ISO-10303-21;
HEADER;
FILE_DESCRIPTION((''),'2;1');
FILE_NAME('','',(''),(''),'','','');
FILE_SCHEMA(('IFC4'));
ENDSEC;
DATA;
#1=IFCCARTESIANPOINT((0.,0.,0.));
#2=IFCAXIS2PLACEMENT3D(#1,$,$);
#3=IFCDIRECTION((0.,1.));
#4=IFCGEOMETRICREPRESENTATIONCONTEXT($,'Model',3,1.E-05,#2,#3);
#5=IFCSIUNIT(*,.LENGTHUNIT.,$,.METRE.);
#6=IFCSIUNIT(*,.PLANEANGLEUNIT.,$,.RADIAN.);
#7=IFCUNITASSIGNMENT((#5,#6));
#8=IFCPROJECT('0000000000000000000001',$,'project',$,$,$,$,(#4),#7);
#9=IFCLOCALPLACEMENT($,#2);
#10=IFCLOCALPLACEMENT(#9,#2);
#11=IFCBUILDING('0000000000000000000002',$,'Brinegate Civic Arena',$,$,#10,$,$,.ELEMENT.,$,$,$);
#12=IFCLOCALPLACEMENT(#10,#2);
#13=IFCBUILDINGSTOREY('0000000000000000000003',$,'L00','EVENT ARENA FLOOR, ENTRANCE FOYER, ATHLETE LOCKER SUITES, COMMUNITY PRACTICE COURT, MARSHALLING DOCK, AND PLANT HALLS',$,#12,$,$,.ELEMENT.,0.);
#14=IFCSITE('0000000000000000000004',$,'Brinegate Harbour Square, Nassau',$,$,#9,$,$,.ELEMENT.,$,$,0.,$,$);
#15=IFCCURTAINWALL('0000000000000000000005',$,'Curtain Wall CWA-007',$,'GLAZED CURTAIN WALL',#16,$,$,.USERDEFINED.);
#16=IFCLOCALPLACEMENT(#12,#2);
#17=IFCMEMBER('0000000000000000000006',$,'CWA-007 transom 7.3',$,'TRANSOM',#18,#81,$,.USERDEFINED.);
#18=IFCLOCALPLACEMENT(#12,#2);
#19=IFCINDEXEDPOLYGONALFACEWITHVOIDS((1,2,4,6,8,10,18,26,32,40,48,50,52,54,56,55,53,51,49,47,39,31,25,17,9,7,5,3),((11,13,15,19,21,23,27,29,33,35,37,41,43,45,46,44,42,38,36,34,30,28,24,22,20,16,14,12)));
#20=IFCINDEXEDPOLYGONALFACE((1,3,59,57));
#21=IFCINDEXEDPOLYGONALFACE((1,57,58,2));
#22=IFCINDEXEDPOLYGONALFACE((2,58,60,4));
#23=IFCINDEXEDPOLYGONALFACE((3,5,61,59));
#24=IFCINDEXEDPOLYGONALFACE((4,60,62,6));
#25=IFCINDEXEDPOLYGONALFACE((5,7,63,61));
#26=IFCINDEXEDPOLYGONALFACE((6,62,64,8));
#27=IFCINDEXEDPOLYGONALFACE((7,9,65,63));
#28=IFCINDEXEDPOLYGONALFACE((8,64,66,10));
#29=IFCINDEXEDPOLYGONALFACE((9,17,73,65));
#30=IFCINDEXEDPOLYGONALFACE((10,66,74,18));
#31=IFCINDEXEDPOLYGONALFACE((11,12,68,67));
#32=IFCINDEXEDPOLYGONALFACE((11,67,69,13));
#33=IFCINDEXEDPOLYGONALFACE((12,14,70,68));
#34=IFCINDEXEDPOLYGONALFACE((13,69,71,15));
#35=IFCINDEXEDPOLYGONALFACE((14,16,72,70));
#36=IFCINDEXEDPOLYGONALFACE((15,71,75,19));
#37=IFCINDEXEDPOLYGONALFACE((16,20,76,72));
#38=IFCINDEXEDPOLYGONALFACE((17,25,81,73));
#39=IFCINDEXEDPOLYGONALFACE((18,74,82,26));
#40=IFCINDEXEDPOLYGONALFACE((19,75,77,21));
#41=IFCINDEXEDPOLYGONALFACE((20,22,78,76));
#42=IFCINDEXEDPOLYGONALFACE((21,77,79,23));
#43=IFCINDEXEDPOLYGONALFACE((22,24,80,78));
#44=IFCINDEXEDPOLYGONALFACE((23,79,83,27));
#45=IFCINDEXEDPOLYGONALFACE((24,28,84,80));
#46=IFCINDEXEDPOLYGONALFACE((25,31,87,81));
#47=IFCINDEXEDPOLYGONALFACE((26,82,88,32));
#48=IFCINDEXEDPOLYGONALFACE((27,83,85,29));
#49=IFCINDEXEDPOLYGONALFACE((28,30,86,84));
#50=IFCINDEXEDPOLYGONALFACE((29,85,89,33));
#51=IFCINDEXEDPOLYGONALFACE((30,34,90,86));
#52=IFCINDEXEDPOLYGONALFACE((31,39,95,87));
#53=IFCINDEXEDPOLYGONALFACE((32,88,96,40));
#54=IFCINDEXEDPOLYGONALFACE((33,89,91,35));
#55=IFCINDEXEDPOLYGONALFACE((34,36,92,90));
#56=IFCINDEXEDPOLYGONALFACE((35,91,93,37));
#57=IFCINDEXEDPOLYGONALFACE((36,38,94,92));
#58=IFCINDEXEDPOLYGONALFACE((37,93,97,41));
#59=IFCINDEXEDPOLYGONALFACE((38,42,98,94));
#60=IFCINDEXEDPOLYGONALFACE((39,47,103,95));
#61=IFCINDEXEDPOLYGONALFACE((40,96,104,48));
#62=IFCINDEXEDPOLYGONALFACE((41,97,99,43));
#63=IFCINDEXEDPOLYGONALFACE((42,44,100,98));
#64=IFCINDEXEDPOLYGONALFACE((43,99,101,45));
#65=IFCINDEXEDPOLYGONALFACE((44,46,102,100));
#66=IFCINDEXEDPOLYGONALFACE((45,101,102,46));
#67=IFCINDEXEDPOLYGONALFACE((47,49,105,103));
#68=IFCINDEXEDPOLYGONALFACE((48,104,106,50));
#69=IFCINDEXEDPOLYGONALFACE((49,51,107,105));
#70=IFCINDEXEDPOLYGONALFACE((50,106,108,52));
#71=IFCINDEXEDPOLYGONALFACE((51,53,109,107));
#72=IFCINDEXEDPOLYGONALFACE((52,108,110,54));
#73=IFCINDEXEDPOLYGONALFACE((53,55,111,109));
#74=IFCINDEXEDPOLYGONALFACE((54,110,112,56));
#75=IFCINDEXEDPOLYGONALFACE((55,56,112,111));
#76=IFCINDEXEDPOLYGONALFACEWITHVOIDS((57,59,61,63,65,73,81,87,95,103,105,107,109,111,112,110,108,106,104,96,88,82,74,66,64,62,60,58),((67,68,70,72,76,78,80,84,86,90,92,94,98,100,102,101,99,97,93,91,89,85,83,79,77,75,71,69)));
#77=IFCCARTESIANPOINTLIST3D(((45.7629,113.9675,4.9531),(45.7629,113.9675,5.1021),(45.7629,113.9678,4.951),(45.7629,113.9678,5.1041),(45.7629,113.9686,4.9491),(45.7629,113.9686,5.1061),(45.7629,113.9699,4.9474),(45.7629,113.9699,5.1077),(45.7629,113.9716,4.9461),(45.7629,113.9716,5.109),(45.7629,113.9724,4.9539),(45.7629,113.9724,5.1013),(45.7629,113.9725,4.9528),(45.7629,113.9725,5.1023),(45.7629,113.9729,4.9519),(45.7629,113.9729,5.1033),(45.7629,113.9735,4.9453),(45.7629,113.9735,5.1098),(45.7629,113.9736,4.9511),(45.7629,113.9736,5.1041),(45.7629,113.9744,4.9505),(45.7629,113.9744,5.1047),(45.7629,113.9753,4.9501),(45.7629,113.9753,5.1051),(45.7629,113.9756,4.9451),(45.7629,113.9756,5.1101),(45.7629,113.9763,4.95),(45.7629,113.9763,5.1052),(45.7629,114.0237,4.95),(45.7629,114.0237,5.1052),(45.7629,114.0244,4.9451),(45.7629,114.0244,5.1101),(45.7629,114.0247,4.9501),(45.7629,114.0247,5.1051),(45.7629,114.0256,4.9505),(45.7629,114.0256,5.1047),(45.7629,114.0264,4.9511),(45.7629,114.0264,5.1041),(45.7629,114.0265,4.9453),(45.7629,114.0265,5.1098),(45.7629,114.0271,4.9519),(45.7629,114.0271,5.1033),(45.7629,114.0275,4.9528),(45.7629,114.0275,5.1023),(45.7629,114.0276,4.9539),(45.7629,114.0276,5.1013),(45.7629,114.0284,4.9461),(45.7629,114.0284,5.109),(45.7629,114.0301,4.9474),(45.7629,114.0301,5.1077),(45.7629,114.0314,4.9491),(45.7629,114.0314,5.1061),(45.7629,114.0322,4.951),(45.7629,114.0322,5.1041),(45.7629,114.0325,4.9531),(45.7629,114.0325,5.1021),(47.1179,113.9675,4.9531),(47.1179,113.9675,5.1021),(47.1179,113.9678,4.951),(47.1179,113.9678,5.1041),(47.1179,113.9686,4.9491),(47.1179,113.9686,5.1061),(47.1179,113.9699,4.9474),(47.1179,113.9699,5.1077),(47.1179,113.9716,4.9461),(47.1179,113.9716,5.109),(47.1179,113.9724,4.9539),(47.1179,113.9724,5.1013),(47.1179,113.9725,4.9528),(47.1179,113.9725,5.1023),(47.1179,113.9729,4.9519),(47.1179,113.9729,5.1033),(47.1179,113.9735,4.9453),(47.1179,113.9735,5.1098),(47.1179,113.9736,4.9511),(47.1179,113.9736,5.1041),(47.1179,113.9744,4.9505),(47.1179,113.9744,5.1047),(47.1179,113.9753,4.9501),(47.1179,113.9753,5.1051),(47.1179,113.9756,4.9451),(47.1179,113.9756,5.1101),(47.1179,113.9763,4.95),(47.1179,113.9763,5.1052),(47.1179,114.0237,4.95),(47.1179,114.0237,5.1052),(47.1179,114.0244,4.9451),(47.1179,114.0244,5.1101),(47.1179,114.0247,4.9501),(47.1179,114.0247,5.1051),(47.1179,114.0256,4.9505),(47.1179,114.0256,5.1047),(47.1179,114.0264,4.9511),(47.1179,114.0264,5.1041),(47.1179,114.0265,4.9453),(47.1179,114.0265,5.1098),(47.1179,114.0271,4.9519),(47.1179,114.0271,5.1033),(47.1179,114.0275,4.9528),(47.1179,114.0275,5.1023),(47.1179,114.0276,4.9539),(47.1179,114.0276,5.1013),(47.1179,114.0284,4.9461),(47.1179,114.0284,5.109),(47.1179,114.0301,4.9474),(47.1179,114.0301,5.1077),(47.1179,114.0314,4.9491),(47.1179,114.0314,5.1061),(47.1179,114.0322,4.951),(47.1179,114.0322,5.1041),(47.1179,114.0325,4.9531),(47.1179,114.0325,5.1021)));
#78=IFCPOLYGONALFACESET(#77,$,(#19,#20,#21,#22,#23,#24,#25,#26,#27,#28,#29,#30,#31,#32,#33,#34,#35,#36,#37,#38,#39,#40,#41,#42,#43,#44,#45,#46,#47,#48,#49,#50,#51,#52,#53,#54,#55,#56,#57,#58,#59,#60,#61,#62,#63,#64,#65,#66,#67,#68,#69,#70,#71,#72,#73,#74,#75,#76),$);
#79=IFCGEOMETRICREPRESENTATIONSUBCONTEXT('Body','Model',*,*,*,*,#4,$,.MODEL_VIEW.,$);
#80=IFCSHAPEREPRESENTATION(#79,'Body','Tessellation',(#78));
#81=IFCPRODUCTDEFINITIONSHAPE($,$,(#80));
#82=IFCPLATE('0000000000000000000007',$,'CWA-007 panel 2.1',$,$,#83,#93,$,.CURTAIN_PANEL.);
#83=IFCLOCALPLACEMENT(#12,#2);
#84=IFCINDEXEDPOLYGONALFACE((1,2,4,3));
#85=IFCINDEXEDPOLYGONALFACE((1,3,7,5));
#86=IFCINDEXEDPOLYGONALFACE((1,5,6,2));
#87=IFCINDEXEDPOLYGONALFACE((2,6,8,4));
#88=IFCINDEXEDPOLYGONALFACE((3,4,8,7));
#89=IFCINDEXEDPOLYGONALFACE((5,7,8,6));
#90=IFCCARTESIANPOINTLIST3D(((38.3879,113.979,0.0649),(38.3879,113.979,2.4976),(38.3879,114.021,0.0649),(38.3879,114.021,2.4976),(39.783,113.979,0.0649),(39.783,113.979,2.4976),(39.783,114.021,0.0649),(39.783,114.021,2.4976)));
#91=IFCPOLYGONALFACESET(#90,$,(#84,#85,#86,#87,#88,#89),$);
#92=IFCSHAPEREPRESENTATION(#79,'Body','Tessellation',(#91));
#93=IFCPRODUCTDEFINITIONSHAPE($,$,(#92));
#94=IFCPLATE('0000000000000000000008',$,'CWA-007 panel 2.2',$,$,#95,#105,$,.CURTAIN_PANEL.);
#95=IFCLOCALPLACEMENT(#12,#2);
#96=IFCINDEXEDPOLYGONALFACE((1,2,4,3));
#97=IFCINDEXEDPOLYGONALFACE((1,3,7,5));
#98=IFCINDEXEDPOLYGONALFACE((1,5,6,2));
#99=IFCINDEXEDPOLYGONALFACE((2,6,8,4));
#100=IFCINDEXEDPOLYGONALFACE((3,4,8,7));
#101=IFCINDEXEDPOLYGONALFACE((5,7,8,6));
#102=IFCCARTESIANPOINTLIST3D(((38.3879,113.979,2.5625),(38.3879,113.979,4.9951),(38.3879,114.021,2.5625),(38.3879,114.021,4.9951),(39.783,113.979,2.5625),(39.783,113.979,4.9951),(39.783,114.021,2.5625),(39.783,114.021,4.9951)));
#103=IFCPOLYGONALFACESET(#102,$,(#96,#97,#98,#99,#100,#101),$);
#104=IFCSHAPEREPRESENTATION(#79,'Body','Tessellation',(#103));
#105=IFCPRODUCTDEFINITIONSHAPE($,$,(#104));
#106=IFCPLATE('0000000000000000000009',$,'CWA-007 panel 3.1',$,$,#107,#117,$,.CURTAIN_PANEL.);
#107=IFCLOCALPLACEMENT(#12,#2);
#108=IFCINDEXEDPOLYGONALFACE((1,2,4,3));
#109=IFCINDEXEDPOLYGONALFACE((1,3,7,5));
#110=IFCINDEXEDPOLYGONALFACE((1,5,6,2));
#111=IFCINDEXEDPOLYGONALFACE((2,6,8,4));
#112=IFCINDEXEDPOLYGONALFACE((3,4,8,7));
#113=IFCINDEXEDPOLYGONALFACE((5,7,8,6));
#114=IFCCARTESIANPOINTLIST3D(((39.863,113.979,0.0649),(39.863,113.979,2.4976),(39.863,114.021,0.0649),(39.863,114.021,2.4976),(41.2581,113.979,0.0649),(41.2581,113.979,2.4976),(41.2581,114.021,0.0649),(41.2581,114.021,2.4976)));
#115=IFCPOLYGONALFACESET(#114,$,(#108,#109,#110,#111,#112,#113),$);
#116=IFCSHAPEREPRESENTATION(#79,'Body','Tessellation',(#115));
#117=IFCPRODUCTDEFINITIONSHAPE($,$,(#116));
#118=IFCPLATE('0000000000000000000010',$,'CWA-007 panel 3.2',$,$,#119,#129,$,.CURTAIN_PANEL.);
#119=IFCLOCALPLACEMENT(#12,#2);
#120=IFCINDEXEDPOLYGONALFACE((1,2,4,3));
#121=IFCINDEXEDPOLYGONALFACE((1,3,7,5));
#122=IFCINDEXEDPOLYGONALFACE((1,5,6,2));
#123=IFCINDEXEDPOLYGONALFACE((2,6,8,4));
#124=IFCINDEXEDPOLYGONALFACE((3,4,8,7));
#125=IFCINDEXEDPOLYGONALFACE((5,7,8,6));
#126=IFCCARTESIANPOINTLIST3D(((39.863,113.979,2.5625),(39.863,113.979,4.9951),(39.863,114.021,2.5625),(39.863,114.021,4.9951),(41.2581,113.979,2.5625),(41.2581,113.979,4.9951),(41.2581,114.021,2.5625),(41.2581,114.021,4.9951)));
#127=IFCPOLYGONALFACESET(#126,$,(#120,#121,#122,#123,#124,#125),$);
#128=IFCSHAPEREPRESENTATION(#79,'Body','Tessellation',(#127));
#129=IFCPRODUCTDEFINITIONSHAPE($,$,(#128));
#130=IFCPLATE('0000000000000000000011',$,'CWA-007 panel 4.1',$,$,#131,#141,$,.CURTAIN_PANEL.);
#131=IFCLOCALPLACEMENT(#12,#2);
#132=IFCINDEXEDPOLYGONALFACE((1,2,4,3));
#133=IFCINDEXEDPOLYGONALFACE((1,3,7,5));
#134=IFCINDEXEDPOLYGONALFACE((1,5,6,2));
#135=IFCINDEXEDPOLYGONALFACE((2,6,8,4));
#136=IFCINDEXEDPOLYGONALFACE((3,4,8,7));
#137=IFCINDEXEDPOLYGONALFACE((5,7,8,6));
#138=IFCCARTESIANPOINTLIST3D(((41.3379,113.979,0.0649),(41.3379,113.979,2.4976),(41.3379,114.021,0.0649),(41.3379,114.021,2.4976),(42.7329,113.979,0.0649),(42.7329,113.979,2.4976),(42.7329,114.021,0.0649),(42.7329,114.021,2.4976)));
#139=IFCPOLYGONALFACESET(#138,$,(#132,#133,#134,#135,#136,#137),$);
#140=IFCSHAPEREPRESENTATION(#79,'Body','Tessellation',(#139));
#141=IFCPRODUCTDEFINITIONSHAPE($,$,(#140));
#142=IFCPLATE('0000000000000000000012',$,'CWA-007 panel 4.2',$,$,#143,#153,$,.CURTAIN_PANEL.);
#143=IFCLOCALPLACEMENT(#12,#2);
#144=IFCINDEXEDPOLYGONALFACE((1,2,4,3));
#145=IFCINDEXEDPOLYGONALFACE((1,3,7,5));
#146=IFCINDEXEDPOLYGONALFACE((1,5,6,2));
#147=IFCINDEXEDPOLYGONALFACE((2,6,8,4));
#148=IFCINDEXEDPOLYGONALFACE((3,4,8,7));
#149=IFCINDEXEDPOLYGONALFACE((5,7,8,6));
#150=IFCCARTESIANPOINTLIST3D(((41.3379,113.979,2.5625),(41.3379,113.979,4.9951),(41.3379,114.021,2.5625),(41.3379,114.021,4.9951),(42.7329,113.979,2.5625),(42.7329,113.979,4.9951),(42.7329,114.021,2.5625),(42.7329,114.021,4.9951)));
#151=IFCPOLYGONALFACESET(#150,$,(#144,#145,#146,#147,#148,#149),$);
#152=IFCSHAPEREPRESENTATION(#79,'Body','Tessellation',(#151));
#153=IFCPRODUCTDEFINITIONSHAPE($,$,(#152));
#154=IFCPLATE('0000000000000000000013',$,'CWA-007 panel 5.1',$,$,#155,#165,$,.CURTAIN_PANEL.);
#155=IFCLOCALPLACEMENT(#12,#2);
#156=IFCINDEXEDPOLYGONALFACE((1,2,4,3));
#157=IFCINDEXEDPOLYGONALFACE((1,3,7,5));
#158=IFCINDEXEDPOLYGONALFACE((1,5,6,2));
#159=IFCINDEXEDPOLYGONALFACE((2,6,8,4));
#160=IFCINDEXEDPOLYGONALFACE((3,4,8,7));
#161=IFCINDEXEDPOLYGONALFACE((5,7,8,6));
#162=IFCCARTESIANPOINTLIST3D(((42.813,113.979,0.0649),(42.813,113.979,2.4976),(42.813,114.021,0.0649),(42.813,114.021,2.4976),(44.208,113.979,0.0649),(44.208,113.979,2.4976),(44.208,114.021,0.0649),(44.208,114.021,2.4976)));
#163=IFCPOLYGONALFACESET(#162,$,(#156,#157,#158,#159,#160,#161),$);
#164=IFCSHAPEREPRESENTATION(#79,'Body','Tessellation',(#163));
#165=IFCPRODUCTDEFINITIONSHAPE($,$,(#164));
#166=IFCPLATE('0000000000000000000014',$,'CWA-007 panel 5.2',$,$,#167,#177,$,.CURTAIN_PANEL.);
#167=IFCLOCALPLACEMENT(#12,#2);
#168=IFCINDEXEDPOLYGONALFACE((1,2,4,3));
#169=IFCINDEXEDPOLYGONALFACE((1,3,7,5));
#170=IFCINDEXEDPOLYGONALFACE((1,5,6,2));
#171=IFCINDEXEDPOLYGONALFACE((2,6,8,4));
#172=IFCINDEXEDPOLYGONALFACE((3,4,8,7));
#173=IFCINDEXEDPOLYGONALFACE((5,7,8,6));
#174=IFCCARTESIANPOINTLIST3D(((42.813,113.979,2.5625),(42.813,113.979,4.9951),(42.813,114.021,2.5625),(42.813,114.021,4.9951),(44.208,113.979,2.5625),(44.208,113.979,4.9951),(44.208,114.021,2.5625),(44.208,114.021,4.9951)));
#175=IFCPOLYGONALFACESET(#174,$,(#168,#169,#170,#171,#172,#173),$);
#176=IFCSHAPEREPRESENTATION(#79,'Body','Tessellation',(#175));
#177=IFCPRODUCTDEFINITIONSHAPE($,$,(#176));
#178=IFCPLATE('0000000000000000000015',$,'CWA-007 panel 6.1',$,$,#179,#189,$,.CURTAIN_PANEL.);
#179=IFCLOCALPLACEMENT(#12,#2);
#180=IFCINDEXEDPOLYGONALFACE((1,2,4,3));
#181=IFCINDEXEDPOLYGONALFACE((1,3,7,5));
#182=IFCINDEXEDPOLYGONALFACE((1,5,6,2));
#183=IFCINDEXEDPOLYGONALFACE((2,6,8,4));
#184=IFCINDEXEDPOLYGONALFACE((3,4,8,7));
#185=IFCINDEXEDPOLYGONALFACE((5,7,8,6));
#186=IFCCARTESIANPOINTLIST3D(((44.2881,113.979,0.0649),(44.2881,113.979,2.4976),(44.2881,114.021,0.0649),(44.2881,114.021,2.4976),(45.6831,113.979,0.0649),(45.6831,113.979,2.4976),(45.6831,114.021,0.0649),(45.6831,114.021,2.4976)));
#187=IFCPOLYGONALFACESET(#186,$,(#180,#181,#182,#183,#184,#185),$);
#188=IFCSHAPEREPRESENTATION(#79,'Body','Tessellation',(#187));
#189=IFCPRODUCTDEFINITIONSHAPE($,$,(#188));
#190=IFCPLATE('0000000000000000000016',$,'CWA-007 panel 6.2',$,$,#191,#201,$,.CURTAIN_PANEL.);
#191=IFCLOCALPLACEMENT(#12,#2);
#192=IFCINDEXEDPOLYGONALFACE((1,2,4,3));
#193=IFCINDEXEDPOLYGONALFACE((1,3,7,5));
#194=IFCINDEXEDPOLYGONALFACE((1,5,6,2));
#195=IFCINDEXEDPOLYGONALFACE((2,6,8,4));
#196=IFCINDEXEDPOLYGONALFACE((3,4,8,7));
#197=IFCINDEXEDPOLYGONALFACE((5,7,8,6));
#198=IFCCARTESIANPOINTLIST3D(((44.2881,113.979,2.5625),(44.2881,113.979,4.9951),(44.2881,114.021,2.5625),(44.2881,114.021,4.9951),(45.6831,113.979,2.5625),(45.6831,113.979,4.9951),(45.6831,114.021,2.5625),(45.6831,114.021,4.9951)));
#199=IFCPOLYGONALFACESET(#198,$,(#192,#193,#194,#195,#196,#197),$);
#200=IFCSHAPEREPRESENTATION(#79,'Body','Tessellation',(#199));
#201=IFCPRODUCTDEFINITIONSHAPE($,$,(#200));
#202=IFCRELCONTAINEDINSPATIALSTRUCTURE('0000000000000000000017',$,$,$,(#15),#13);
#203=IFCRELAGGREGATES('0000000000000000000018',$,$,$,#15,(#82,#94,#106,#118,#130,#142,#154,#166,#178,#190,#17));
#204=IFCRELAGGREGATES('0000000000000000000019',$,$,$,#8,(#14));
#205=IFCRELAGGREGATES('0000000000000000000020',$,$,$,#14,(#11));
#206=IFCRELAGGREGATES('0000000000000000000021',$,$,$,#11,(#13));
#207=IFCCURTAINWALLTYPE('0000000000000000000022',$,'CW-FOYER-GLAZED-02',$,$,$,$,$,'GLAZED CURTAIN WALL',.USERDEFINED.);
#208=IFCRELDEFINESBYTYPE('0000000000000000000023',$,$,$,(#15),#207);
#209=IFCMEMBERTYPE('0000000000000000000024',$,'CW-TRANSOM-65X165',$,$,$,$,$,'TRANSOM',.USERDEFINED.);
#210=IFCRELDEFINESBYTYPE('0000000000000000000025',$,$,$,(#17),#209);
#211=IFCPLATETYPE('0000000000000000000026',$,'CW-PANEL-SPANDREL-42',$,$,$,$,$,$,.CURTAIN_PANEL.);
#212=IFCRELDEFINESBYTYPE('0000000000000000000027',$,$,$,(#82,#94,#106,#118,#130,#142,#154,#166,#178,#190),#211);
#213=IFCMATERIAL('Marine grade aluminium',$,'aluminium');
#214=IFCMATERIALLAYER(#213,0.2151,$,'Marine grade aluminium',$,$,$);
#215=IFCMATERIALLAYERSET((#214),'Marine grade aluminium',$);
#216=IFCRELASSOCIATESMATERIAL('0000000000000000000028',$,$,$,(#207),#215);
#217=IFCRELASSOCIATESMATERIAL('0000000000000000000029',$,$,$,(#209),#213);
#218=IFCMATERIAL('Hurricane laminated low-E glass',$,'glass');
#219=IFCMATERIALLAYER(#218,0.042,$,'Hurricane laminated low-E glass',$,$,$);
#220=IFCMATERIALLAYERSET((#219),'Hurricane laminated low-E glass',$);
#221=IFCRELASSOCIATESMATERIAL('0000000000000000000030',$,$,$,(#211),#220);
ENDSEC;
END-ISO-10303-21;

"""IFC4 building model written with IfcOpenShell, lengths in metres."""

from ifc_helpers import new_model, si_unit, direction, frame, origin, origin_2d, place, context, subcontext, project, spatial, rectangle, hollow_rectangle, extrude, material, layer, layer_set, material_profile, profile_set, type_object, element, aggregate, save


model = new_model("IFC4")

# Units and contexts
model_context = context("Model", 3, precision=1e-05, world=origin(), true_north=direction((0.0, 1.0)))
body_context = subcontext(model_context, "Body", "Model", "MODEL_VIEW")
ifc_project = project(units=[si_unit("LENGTHUNIT", "METRE"), si_unit("PLANEANGLEUNIT", "RADIAN")], contexts=[model_context])

# Site, building, storey
site_placement = place(None, origin())
site = spatial("IfcSite", under=ifc_project, at=site_placement, Name="Brinegate Harbour Square, Nassau", CompositionType="ELEMENT", RefElevation=0.0)
building_placement = place(site_placement, origin())
building = spatial("IfcBuilding", under=site, at=building_placement, Name="Brinegate Civic Arena", CompositionType="ELEMENT")
storey_placement = place(building_placement, origin())
storey = spatial("IfcBuildingStorey", under=building, at=storey_placement, Name="L00", Description="EVENT ARENA FLOOR, ENTRANCE FOYER, ATHLETE LOCKER SUITES, COMMUNITY PRACTICE COURT, MARSHALLING DOCK, AND PLANT HALLS", CompositionType="ELEMENT", Elevation=0.0)

# Curtain wall, member, plates
ifc_material_1 = material(Name="Marine grade aluminium", Category="aluminium")
ifc_layer_1 = layer(ifc_material_1, 0.2151, Name="Marine grade aluminium")
ifc_layer_set_1 = layer_set([ifc_layer_1], Name="Marine grade aluminium")
curtain_wall_type = type_object("IfcCurtainWallType", Name="CW-FOYER-GLAZED-02", ElementType="GLAZED CURTAIN WALL", PredefinedType="USERDEFINED", material=ifc_layer_set_1)
curtain_wall_placement = place(storey_placement, origin())
curtain_wall = element("IfcCurtainWall", 1, at=curtain_wall_placement, inside=storey, type_object=curtain_wall_type, Name="Curtain Wall CWA-007", ObjectType="GLAZED CURTAIN WALL", PredefinedType="USERDEFINED")
ifc_material_profile_1 = material_profile(ifc_material_1, hollow_rectangle(XDim=0.0649, YDim=0.165, WallThickness=0.0049, InnerFilletRadius=0.0039, OuterFilletRadius=0.0081, at=origin_2d()), Name="TRN65X165")
ifc_profile_set_1 = profile_set([ifc_material_profile_1], Name="Marine grade aluminium")
member_type_1 = type_object("IfcMemberType", Name="CW-TRANSOM-65X165", ElementType="TRANSOM", PredefinedType="USERDEFINED", material=ifc_profile_set_1)
member_1_placement = place(storey_placement, frame((45.7629, 114.0, 5.0276), z_axis=(1.0, 0.0, 0.0), x_axis=(0.0, 1.0, 0.0)))
member_1 = element("IfcMember", 2, at=member_1_placement, type_object=member_type_1, Name="CWA-007 transom 7.3", ObjectType="TRANSOM", PredefinedType="USERDEFINED", context=body_context, shape_type="SweptSolid", body=[
    extrude(hollow_rectangle(XDim=0.0649, YDim=0.165, WallThickness=0.0049, InnerFilletRadius=0.0039, OuterFilletRadius=0.0081, at=origin_2d()), origin(), (0.0, 0.0, 1.0), 1.355),
])
ifc_material_2 = material(Name="Hurricane laminated low-E glass", Category="glass")
ifc_layer_2 = layer(ifc_material_2, 0.042, Name="Hurricane laminated low-E glass")
ifc_layer_set_2 = layer_set([ifc_layer_2], Name="Hurricane laminated low-E glass")
plate_type = type_object("IfcPlateType", Name="CW-PANEL-SPANDREL-42", PredefinedType="CURTAIN_PANEL", material=ifc_layer_set_2)
plate_1_placement = place(storey_placement, frame((39.0854, 114.0, 0.0649), z_axis=(0.0, 0.0, 1.0), x_axis=(1.0, 0.0, 0.0)))
plate_1 = element("IfcPlate", 3, at=plate_1_placement, type_object=plate_type, Name="CWA-007 panel 2.1", PredefinedType="CURTAIN_PANEL", context=body_context, shape_type="SweptSolid", body=[
    extrude(rectangle(XDim=1.395, YDim=0.042, at=origin_2d()), origin(), (0.0, 0.0, 1.0), 2.4326),
])
plate_2_placement = place(storey_placement, frame((39.0854, 114.0, 2.5625), z_axis=(0.0, 0.0, 1.0), x_axis=(1.0, 0.0, 0.0)))
plate_2 = element("IfcPlate", 4, at=plate_2_placement, type_object=plate_type, Name="CWA-007 panel 2.2", PredefinedType="CURTAIN_PANEL", context=body_context, shape_type="SweptSolid", body=[
    extrude(rectangle(XDim=1.395, YDim=0.042, at=origin_2d()), origin(), (0.0, 0.0, 1.0), 2.4326),
])
plate_3_placement = place(storey_placement, frame((40.5605, 114.0, 0.0649), z_axis=(0.0, 0.0, 1.0), x_axis=(1.0, 0.0, 0.0)))
plate_3 = element("IfcPlate", 5, at=plate_3_placement, type_object=plate_type, Name="CWA-007 panel 3.1", PredefinedType="CURTAIN_PANEL", context=body_context, shape_type="SweptSolid", body=[
    extrude(rectangle(XDim=1.395, YDim=0.042, at=origin_2d()), origin(), (0.0, 0.0, 1.0), 2.4326),
])
plate_4_placement = place(storey_placement, frame((40.5605, 114.0, 2.5625), z_axis=(0.0, 0.0, 1.0), x_axis=(1.0, 0.0, 0.0)))
plate_4 = element("IfcPlate", 6, at=plate_4_placement, type_object=plate_type, Name="CWA-007 panel 3.2", PredefinedType="CURTAIN_PANEL", context=body_context, shape_type="SweptSolid", body=[
    extrude(rectangle(XDim=1.395, YDim=0.042, at=origin_2d()), origin(), (0.0, 0.0, 1.0), 2.4326),
])
plate_5_placement = place(storey_placement, frame((42.0354, 114.0, 0.0649), z_axis=(0.0, 0.0, 1.0), x_axis=(1.0, 0.0, 0.0)))
plate_5 = element("IfcPlate", 7, at=plate_5_placement, type_object=plate_type, Name="CWA-007 panel 4.1", PredefinedType="CURTAIN_PANEL", context=body_context, shape_type="SweptSolid", body=[
    extrude(rectangle(XDim=1.395, YDim=0.042, at=origin_2d()), origin(), (0.0, 0.0, 1.0), 2.4326),
])
plate_6_placement = place(storey_placement, frame((42.0354, 114.0, 2.5625), z_axis=(0.0, 0.0, 1.0), x_axis=(1.0, 0.0, 0.0)))
plate_6 = element("IfcPlate", 8, at=plate_6_placement, type_object=plate_type, Name="CWA-007 panel 4.2", PredefinedType="CURTAIN_PANEL", context=body_context, shape_type="SweptSolid", body=[
    extrude(rectangle(XDim=1.395, YDim=0.042, at=origin_2d()), origin(), (0.0, 0.0, 1.0), 2.4326),
])
plate_7_placement = place(storey_placement, frame((43.5105, 114.0, 0.0649), z_axis=(0.0, 0.0, 1.0), x_axis=(1.0, 0.0, 0.0)))
plate_7 = element("IfcPlate", 9, at=plate_7_placement, type_object=plate_type, Name="CWA-007 panel 5.1", PredefinedType="CURTAIN_PANEL", context=body_context, shape_type="SweptSolid", body=[
    extrude(rectangle(XDim=1.395, YDim=0.042, at=origin_2d()), origin(), (0.0, 0.0, 1.0), 2.4326),
])
plate_8_placement = place(storey_placement, frame((43.5105, 114.0, 2.5625), z_axis=(0.0, 0.0, 1.0), x_axis=(1.0, 0.0, 0.0)))
plate_8 = element("IfcPlate", 10, at=plate_8_placement, type_object=plate_type, Name="CWA-007 panel 5.2", PredefinedType="CURTAIN_PANEL", context=body_context, shape_type="SweptSolid", body=[
    extrude(rectangle(XDim=1.395, YDim=0.042, at=origin_2d()), origin(), (0.0, 0.0, 1.0), 2.4326),
])
plate_9_placement = place(storey_placement, frame((44.9856, 114.0, 0.0649), z_axis=(0.0, 0.0, 1.0), x_axis=(1.0, 0.0, 0.0)))
plate_9 = element("IfcPlate", 11, at=plate_9_placement, type_object=plate_type, Name="CWA-007 panel 6.1", PredefinedType="CURTAIN_PANEL", context=body_context, shape_type="SweptSolid", body=[
    extrude(rectangle(XDim=1.395, YDim=0.042, at=origin_2d()), origin(), (0.0, 0.0, 1.0), 2.4326),
])
plate_10_placement = place(storey_placement, frame((44.9856, 114.0, 2.5625), z_axis=(0.0, 0.0, 1.0), x_axis=(1.0, 0.0, 0.0)))
plate_10 = element("IfcPlate", 12, at=plate_10_placement, type_object=plate_type, Name="CWA-007 panel 6.2", PredefinedType="CURTAIN_PANEL", context=body_context, shape_type="SweptSolid", body=[
    extrude(rectangle(XDim=1.395, YDim=0.042, at=origin_2d()), origin(), (0.0, 0.0, 1.0), 2.4326),
])
aggregate(curtain_wall, [plate_1, plate_2, plate_3, plate_4, plate_5, plate_6, plate_7, plate_8, plate_9, plate_10, member_1])

save(model, "model.ifc")
